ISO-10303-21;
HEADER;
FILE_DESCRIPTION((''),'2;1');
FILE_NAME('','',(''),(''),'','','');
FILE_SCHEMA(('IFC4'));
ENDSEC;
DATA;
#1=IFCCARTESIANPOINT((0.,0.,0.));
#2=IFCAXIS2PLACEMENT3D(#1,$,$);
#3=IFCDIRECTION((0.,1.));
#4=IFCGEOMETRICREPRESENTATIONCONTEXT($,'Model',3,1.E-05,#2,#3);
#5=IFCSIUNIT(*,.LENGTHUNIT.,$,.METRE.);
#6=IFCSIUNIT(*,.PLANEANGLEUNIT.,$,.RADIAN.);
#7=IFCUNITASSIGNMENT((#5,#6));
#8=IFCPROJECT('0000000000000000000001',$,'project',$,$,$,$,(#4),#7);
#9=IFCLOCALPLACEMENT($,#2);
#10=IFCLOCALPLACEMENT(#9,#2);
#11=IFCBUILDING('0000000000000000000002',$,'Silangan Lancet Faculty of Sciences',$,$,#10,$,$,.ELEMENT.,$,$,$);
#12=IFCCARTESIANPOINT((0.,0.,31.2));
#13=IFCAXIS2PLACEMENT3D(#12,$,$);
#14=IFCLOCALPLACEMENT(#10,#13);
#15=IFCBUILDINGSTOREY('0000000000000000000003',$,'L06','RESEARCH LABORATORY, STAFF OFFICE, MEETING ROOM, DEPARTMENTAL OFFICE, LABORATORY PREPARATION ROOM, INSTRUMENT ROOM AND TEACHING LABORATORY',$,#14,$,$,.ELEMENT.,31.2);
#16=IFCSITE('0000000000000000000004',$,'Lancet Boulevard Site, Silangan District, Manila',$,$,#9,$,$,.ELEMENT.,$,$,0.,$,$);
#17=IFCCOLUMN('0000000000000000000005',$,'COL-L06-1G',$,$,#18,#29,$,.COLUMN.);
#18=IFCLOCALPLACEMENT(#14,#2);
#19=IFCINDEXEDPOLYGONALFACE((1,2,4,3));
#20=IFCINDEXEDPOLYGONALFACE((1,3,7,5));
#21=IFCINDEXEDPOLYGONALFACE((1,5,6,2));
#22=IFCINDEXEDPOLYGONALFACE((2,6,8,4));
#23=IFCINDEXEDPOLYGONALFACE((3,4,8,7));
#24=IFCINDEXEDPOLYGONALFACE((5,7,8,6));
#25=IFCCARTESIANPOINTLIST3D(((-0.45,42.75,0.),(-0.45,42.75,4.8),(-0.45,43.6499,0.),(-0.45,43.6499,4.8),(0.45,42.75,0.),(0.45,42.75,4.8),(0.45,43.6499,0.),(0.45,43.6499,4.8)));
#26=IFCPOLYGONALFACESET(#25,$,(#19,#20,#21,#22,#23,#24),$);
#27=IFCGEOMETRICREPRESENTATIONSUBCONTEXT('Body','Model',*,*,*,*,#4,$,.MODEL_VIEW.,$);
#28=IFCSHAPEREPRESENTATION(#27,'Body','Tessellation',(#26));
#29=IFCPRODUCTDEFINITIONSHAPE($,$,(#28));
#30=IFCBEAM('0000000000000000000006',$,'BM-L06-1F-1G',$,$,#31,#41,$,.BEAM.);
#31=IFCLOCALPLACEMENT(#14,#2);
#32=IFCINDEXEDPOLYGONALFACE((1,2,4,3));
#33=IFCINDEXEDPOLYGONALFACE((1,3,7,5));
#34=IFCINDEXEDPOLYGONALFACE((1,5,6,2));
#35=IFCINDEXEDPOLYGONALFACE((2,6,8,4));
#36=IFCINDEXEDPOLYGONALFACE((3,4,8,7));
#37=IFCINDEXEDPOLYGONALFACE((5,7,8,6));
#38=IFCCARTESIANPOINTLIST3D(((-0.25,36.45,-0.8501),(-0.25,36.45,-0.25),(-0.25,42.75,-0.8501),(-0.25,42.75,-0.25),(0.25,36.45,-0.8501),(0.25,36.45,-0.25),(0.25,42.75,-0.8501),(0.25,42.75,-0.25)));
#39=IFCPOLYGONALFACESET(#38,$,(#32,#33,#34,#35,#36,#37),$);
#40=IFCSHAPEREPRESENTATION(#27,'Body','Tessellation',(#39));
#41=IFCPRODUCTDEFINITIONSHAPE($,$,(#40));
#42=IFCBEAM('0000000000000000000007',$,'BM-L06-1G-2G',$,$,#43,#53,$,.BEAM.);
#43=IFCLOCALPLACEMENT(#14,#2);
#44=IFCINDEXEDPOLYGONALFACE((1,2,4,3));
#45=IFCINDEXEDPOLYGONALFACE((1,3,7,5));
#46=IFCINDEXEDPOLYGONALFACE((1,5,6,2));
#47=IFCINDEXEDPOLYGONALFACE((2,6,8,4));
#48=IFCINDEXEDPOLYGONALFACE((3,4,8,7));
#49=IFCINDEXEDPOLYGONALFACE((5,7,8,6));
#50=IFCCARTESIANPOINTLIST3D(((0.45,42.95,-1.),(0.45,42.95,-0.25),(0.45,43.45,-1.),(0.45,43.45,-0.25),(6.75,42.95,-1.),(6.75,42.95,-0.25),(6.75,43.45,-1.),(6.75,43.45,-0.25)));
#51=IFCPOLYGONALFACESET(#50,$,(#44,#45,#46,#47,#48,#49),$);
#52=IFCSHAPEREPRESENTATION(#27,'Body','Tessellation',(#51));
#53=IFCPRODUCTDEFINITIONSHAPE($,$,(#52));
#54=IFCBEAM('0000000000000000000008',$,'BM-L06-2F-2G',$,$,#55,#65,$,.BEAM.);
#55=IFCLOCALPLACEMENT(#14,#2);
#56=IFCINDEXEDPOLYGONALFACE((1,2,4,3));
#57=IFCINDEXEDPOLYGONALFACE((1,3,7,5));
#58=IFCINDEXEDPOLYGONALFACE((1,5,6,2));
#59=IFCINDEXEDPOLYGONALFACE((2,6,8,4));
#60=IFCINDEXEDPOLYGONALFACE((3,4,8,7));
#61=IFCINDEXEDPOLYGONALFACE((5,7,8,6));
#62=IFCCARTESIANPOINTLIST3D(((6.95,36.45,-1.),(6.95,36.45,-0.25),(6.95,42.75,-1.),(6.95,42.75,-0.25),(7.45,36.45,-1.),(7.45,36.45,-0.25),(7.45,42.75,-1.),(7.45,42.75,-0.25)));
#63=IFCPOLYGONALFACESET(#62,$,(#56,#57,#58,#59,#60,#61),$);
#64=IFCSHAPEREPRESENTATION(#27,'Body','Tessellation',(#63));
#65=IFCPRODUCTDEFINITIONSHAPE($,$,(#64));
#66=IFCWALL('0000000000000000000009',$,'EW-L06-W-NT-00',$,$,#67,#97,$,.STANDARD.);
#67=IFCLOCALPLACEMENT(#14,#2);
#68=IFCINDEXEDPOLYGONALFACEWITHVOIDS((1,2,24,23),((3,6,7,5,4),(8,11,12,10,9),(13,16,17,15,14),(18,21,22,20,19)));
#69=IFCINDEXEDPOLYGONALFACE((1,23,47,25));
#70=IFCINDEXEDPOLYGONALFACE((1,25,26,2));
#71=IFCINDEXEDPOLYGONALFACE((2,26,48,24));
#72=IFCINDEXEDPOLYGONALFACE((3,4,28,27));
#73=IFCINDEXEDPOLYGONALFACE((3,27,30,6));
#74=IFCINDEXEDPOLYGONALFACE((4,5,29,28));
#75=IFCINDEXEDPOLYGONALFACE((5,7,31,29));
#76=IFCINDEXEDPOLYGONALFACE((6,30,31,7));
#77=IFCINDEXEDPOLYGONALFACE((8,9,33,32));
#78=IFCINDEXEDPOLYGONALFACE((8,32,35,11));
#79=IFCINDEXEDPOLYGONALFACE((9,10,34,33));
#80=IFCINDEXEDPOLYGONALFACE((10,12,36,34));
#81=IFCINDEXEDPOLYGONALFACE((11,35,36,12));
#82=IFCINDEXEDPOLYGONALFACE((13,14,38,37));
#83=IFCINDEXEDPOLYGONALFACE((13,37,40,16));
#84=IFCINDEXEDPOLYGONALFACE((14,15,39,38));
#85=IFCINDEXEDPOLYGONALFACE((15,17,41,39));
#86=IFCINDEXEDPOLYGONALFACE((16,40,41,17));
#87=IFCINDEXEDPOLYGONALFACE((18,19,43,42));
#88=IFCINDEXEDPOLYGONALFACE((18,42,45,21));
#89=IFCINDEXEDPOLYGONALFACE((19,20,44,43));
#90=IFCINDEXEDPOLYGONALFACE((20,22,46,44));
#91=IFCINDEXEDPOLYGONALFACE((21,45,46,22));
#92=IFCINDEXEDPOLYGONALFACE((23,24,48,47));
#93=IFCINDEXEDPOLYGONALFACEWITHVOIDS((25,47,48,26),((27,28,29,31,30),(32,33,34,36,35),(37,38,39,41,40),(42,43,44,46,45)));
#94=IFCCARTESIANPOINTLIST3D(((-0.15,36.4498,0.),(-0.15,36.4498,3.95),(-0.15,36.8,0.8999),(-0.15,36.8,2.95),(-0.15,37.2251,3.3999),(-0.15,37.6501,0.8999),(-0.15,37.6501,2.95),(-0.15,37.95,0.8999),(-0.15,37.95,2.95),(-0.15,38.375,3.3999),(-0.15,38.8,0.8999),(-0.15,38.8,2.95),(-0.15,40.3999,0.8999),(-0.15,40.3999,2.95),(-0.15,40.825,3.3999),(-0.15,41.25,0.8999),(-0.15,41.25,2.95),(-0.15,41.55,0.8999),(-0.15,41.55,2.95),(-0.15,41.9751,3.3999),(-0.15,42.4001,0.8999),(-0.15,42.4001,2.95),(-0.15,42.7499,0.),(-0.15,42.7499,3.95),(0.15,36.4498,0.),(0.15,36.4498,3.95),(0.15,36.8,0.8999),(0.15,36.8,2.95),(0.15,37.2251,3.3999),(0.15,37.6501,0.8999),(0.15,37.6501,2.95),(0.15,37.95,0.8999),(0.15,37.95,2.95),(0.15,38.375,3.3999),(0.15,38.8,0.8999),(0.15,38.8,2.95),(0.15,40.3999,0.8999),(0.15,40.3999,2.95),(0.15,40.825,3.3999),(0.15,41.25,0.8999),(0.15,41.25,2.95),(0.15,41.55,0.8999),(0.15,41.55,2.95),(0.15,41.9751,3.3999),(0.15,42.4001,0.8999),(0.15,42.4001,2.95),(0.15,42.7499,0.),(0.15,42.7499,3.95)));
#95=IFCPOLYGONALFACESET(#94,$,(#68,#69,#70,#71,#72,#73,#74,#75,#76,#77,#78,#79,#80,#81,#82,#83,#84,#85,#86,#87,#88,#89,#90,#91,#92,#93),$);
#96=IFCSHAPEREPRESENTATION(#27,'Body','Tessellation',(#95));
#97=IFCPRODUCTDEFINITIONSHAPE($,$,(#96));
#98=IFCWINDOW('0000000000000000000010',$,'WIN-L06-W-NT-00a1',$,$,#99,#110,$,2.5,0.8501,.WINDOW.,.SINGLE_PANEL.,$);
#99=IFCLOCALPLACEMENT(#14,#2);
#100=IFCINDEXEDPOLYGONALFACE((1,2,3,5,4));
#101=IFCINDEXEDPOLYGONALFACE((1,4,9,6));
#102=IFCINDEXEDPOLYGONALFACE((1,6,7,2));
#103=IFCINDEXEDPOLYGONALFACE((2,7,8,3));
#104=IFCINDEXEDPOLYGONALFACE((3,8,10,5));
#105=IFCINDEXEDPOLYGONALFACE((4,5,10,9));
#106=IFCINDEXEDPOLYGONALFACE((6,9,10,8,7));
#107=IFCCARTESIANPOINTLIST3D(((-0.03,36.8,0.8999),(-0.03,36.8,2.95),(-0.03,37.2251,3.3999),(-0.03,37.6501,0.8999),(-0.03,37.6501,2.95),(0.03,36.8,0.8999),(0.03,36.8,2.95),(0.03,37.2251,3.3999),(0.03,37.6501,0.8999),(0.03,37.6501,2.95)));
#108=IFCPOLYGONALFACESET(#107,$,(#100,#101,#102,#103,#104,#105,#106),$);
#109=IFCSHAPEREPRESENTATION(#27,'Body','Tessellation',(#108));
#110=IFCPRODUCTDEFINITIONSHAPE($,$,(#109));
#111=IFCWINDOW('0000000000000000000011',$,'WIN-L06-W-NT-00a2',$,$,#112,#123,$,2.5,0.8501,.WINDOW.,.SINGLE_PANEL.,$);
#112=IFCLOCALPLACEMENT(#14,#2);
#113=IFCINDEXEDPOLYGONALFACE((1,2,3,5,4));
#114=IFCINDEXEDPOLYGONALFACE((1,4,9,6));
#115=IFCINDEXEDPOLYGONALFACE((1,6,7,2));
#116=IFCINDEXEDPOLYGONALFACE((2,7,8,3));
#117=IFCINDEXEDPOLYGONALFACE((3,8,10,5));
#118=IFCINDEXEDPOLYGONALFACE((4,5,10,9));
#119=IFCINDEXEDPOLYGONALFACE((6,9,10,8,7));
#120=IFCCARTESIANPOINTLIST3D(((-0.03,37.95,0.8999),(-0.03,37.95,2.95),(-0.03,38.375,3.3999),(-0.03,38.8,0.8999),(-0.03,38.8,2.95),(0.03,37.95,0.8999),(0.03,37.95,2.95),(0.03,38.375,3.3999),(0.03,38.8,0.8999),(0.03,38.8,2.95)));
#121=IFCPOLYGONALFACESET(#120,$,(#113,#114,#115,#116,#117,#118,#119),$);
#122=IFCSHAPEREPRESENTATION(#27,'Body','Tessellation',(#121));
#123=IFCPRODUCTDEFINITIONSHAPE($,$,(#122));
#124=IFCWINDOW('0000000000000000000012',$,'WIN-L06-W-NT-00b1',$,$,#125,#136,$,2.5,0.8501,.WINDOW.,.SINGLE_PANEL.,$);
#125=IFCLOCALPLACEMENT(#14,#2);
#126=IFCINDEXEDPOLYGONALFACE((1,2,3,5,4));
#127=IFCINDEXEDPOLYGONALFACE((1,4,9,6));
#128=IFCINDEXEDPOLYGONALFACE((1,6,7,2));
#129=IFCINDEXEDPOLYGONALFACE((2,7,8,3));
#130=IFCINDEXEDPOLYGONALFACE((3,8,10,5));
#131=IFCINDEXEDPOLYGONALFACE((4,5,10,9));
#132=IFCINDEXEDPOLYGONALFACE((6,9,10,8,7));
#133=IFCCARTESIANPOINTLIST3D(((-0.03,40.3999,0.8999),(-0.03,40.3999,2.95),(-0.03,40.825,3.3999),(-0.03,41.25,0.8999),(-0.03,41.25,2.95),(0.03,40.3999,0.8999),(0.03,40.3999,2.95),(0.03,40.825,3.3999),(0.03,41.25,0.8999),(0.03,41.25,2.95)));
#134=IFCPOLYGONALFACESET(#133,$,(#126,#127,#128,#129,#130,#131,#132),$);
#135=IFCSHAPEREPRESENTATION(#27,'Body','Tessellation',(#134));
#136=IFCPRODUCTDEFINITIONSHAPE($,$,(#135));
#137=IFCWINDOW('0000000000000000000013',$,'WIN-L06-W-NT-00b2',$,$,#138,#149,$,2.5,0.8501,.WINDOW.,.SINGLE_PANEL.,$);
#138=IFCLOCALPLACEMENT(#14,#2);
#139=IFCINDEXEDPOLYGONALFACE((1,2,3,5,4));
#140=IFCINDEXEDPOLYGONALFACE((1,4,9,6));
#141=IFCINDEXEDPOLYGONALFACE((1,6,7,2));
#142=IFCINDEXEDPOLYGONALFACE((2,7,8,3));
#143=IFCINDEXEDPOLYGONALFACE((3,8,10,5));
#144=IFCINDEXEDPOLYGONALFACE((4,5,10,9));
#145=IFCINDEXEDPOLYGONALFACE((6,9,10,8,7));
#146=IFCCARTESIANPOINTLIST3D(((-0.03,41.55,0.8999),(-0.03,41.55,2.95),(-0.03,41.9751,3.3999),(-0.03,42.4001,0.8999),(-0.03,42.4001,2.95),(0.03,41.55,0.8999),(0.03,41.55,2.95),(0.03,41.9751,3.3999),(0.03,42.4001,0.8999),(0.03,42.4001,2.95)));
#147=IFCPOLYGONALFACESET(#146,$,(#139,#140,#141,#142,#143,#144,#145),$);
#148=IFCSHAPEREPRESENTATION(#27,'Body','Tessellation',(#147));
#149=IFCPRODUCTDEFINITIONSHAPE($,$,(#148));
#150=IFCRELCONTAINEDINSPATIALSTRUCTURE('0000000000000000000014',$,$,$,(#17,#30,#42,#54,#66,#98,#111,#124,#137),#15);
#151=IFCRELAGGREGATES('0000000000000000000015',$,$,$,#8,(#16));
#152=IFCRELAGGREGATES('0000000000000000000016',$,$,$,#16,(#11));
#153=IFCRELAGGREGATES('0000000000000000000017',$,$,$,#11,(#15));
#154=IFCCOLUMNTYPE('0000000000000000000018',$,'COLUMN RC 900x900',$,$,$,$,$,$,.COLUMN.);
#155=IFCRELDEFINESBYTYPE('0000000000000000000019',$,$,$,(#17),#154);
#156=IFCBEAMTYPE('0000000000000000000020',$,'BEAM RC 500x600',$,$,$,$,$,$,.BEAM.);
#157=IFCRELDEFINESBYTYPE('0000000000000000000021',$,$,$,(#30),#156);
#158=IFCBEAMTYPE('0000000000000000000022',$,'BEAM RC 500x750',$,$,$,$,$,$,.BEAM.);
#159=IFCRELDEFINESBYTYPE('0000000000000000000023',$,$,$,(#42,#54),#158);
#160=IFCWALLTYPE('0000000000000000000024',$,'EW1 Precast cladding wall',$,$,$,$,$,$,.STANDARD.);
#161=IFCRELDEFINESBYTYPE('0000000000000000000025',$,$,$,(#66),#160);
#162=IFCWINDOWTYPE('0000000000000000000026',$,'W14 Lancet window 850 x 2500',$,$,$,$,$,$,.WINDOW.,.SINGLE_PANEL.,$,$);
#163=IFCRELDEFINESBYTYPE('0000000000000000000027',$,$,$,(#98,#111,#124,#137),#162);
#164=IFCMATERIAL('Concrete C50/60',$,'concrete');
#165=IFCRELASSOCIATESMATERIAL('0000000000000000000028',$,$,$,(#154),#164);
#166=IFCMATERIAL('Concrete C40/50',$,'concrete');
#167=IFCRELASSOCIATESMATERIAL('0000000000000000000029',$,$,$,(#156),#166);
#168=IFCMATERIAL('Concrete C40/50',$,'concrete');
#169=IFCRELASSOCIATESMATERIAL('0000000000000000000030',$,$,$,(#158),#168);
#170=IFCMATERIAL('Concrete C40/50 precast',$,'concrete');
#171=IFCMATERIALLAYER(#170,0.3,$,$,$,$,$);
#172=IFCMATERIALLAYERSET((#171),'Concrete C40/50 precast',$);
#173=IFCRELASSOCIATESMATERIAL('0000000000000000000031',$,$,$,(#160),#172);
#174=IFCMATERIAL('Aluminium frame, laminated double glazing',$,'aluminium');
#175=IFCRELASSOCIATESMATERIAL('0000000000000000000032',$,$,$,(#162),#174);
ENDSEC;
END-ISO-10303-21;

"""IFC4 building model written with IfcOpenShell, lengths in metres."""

from ifc_helpers import new_model, si_unit, direction, frame, frame_2d, origin, origin_2d, place, context, subcontext, project, spatial, polyline, rectangle, outline, extrude, material, layer, layer_set, material_profile, profile_set, type_object, element, fill, save


model = new_model("IFC4")

# Units and contexts
model_context = context("Model", 3, precision=1e-05, world=origin(), true_north=direction((0.0, 1.0)))
body_context = subcontext(model_context, "Body", "Model", "MODEL_VIEW")
ifc_project = project(units=[si_unit("LENGTHUNIT", "METRE"), si_unit("PLANEANGLEUNIT", "RADIAN")], contexts=[model_context])

# Site, building, storey
site_placement = place(None, origin())
site = spatial("IfcSite", under=ifc_project, at=site_placement, Name="Lancet Boulevard Site, Silangan District, Manila", CompositionType="ELEMENT", RefElevation=0.0)
building_placement = place(site_placement, origin())
building = spatial("IfcBuilding", under=site, at=building_placement, Name="Silangan Lancet Faculty of Sciences", CompositionType="ELEMENT")
storey_placement = place(building_placement, frame((0.0, 0.0, 31.2)))
storey = spatial("IfcBuildingStorey", under=building, at=storey_placement, Name="L06", Description="RESEARCH LABORATORY, STAFF OFFICE, MEETING ROOM, DEPARTMENTAL OFFICE, LABORATORY PREPARATION ROOM, INSTRUMENT ROOM AND TEACHING LABORATORY", CompositionType="ELEMENT", Elevation=31.2)

# Column
ifc_material_1 = material(Name="Concrete C50/60", Category="concrete")
ifc_material_profile_1 = material_profile(ifc_material_1, rectangle(XDim=0.8999, YDim=0.8999, at=origin_2d()), Name="RC 900x900")
ifc_profile_set_1 = profile_set([ifc_material_profile_1], Name="Concrete C50/60")
column_type = type_object("IfcColumnType", Name="COLUMN RC 900x900", PredefinedType="COLUMN", material=ifc_profile_set_1)
column_placement = place(storey_placement, frame((0.0, 43.2, 0.0), z_axis=(0.0, 0.0, 1.0), x_axis=(1.0, 0.0, 0.0)))
element("IfcColumn", 1, at=column_placement, inside=storey, type_object=column_type, Name="COL-L06-1G", PredefinedType="COLUMN", context=body_context, shape_type="SweptSolid", body=[
    extrude(rectangle(XDim=0.8999, YDim=0.8999, at=origin_2d()), origin(), (0.0, 0.0, 1.0), 4.8),
])

# Beams
ifc_material_2 = material(Name="Concrete C40/50", Category="concrete")
ifc_material_profile_2 = material_profile(ifc_material_2, rectangle(XDim=0.5, YDim=0.6001, at=origin_2d()), Name="RC 500x600")
ifc_profile_set_2 = profile_set([ifc_material_profile_2], Name="Concrete C40/50")
beam_type_1 = type_object("IfcBeamType", Name="BEAM RC 500x600", PredefinedType="BEAM", material=ifc_profile_set_2)
beam_placement = place(storey_placement, frame((0.0, 36.45, -0.55), z_axis=(0.0, 1.0, 0.0), x_axis=(-1.0, 0.0, 0.0)))
element("IfcBeam", 2, at=beam_placement, inside=storey, type_object=beam_type_1, Name="BM-L06-1F-1G", PredefinedType="BEAM", context=body_context, shape_type="SweptSolid", body=[
    extrude(rectangle(XDim=0.5, YDim=0.6001, at=origin_2d()), origin(), (0.0, 0.0, 1.0), 6.3),
])
ifc_material_3 = material(Name="Concrete C40/50", Category="concrete")
ifc_material_profile_3 = material_profile(ifc_material_3, rectangle(XDim=0.5, YDim=0.75, at=origin_2d()), Name="RC 500x750")
ifc_profile_set_3 = profile_set([ifc_material_profile_3], Name="Concrete C40/50")
beam_type_2 = type_object("IfcBeamType", Name="BEAM RC 500x750", PredefinedType="BEAM", material=ifc_profile_set_3)
for number, where, z_axis, x_axis, name in (
    (3, (0.45, 43.2, -0.625), (1.0, 0.0, 0.0), (0.0, 1.0, 0.0), "BM-L06-1G-2G"),
    (4, (7.2, 36.45, -0.625), (0.0, 1.0, 0.0), (-1.0, 0.0, 0.0), "BM-L06-2F-2G"),
):
    element("IfcBeam", number, at=place(storey_placement, frame(where, z_axis=z_axis, x_axis=x_axis)), inside=storey, type_object=beam_type_2, Name=name, PredefinedType="BEAM", context=body_context, shape_type="SweptSolid", body=[
        extrude(rectangle(XDim=0.5, YDim=0.75, at=origin_2d()), origin(), (0.0, 0.0, 1.0), 6.3),
    ])

# Wall, openings, windows
ifc_material_4 = material(Name="Concrete C40/50 precast", Category="concrete")
ifc_layer_1 = layer(ifc_material_4, 0.3)
ifc_layer_set_1 = layer_set([ifc_layer_1], Name="Concrete C40/50 precast")
wall_type_1 = type_object("IfcWallType", Name="EW1 Precast cladding wall", PredefinedType="STANDARD", material=ifc_layer_set_1)
wall_1_placement = place(storey_placement, frame((0.0, 36.45, 0.0), z_axis=(0.0, 0.0, 1.0), x_axis=(0.0, 1.0, 0.0)))
wall_1 = element("IfcWall", 5, at=wall_1_placement, inside=storey, type_object=wall_type_1, Name="EW-L06-W-NT-00", PredefinedType="STANDARD", context=body_context, shape_type="SweptSolid", body=[
    extrude(rectangle(XDim=6.3, YDim=0.3, at=frame_2d((3.1499, 0.0))), origin(), (0.0, 0.0, 1.0), 3.95),
])
opening_1_placement = place(wall_1_placement, frame((0.3501, 0.0, 0.8999)))
opening_1 = element("IfcOpeningElement", 6, at=opening_1_placement, cuts=wall_1, PredefinedType="OPENING", context=body_context, shape_type="SweptSolid", body=[
    extrude(outline(polyline([(0.0, 0.0), (0.8501, 0.0), (0.8501, 2.05), (0.425, 2.5), (0.0, 2.05), (0.0, 0.0)])), frame((0.0, 0.1599, 0.0), z_axis=(0.0, -1.0, 0.0), x_axis=(1.0, 0.0, 0.0)), (0.0, 0.0, 1.0), 0.3201),
])
opening_2_placement = place(wall_1_placement, frame((1.5, 0.0, 0.8999)))
opening_2 = element("IfcOpeningElement", 7, at=opening_2_placement, cuts=wall_1, PredefinedType="OPENING", context=body_context, shape_type="SweptSolid", body=[
    extrude(outline(polyline([(0.0, 0.0), (0.8501, 0.0), (0.8501, 2.05), (0.425, 2.5), (0.0, 2.05), (0.0, 0.0)])), frame((0.0, 0.1599, 0.0), z_axis=(0.0, -1.0, 0.0), x_axis=(1.0, 0.0, 0.0)), (0.0, 0.0, 1.0), 0.3201),
])
opening_3_placement = place(wall_1_placement, frame((3.95, 0.0, 0.8999)))
opening_3 = element("IfcOpeningElement", 8, at=opening_3_placement, cuts=wall_1, PredefinedType="OPENING", context=body_context, shape_type="SweptSolid", body=[
    extrude(outline(polyline([(0.0, 0.0), (0.8501, 0.0), (0.8501, 2.05), (0.425, 2.5), (0.0, 2.05), (0.0, 0.0)])), frame((0.0, 0.1599, 0.0), z_axis=(0.0, -1.0, 0.0), x_axis=(1.0, 0.0, 0.0)), (0.0, 0.0, 1.0), 0.3201),
])
opening_4_placement = place(wall_1_placement, frame((5.1001, 0.0, 0.8999)))
opening_4 = element("IfcOpeningElement", 9, at=opening_4_placement, cuts=wall_1, PredefinedType="OPENING", context=body_context, shape_type="SweptSolid", body=[
    extrude(outline(polyline([(0.0, 0.0), (0.8501, 0.0), (0.8501, 2.05), (0.425, 2.5), (0.0, 2.05), (0.0, 0.0)])), frame((0.0, 0.1599, 0.0), z_axis=(0.0, -1.0, 0.0), x_axis=(1.0, 0.0, 0.0)), (0.0, 0.0, 1.0), 0.3201),
])
ifc_material_5 = material(Name="Aluminium frame, laminated double glazing", Category="aluminium")
window_type = type_object("IfcWindowType", Name="W14 Lancet window 850 x 2500", PartitioningType="SINGLE_PANEL", PredefinedType="WINDOW", material=ifc_material_5)
window_1_placement = place(opening_1_placement, origin())
window_1 = element("IfcWindow", 10, at=window_1_placement, inside=storey, type_object=window_type, Name="WIN-L06-W-NT-00a1", OverallHeight=2.5, OverallWidth=0.8501, PartitioningType="SINGLE_PANEL", PredefinedType="WINDOW", context=body_context, shape_type="SweptSolid", body=[
    extrude(outline(polyline([(0.0, 0.0), (0.8501, 0.0), (0.8501, 2.05), (0.425, 2.5), (0.0, 2.05), (0.0, 0.0)])), frame((0.0, 0.03, 0.0), z_axis=(0.0, -1.0, 0.0), x_axis=(1.0, 0.0, 0.0)), (0.0, 0.0, 1.0), 0.0601),
])
fill(opening_1, window_1)
window_2_placement = place(opening_2_placement, origin())
window_2 = element("IfcWindow", 11, at=window_2_placement, inside=storey, type_object=window_type, Name="WIN-L06-W-NT-00a2", OverallHeight=2.5, OverallWidth=0.8501, PartitioningType="SINGLE_PANEL", PredefinedType="WINDOW", context=body_context, shape_type="SweptSolid", body=[
    extrude(outline(polyline([(0.0, 0.0), (0.8501, 0.0), (0.8501, 2.05), (0.425, 2.5), (0.0, 2.05), (0.0, 0.0)])), frame((0.0, 0.03, 0.0), z_axis=(0.0, -1.0, 0.0), x_axis=(1.0, 0.0, 0.0)), (0.0, 0.0, 1.0), 0.0601),
])
fill(opening_2, window_2)
window_3_placement = place(opening_3_placement, origin())
window_3 = element("IfcWindow", 12, at=window_3_placement, inside=storey, type_object=window_type, Name="WIN-L06-W-NT-00b1", OverallHeight=2.5, OverallWidth=0.8501, PartitioningType="SINGLE_PANEL", PredefinedType="WINDOW", context=body_context, shape_type="SweptSolid", body=[
    extrude(outline(polyline([(0.0, 0.0), (0.8501, 0.0), (0.8501, 2.05), (0.425, 2.5), (0.0, 2.05), (0.0, 0.0)])), frame((0.0, 0.03, 0.0), z_axis=(0.0, -1.0, 0.0), x_axis=(1.0, 0.0, 0.0)), (0.0, 0.0, 1.0), 0.0601),
])
fill(opening_3, window_3)
window_4_placement = place(opening_4_placement, origin())
window_4 = element("IfcWindow", 13, at=window_4_placement, inside=storey, type_object=window_type, Name="WIN-L06-W-NT-00b2", OverallHeight=2.5, OverallWidth=0.8501, PartitioningType="SINGLE_PANEL", PredefinedType="WINDOW", context=body_context, shape_type="SweptSolid", body=[
    extrude(outline(polyline([(0.0, 0.0), (0.8501, 0.0), (0.8501, 2.05), (0.425, 2.5), (0.0, 2.05), (0.0, 0.0)])), frame((0.0, 0.03, 0.0), z_axis=(0.0, -1.0, 0.0), x_axis=(1.0, 0.0, 0.0)), (0.0, 0.0, 1.0), 0.0601),
])
fill(opening_4, window_4)

save(model, "model.ifc")
